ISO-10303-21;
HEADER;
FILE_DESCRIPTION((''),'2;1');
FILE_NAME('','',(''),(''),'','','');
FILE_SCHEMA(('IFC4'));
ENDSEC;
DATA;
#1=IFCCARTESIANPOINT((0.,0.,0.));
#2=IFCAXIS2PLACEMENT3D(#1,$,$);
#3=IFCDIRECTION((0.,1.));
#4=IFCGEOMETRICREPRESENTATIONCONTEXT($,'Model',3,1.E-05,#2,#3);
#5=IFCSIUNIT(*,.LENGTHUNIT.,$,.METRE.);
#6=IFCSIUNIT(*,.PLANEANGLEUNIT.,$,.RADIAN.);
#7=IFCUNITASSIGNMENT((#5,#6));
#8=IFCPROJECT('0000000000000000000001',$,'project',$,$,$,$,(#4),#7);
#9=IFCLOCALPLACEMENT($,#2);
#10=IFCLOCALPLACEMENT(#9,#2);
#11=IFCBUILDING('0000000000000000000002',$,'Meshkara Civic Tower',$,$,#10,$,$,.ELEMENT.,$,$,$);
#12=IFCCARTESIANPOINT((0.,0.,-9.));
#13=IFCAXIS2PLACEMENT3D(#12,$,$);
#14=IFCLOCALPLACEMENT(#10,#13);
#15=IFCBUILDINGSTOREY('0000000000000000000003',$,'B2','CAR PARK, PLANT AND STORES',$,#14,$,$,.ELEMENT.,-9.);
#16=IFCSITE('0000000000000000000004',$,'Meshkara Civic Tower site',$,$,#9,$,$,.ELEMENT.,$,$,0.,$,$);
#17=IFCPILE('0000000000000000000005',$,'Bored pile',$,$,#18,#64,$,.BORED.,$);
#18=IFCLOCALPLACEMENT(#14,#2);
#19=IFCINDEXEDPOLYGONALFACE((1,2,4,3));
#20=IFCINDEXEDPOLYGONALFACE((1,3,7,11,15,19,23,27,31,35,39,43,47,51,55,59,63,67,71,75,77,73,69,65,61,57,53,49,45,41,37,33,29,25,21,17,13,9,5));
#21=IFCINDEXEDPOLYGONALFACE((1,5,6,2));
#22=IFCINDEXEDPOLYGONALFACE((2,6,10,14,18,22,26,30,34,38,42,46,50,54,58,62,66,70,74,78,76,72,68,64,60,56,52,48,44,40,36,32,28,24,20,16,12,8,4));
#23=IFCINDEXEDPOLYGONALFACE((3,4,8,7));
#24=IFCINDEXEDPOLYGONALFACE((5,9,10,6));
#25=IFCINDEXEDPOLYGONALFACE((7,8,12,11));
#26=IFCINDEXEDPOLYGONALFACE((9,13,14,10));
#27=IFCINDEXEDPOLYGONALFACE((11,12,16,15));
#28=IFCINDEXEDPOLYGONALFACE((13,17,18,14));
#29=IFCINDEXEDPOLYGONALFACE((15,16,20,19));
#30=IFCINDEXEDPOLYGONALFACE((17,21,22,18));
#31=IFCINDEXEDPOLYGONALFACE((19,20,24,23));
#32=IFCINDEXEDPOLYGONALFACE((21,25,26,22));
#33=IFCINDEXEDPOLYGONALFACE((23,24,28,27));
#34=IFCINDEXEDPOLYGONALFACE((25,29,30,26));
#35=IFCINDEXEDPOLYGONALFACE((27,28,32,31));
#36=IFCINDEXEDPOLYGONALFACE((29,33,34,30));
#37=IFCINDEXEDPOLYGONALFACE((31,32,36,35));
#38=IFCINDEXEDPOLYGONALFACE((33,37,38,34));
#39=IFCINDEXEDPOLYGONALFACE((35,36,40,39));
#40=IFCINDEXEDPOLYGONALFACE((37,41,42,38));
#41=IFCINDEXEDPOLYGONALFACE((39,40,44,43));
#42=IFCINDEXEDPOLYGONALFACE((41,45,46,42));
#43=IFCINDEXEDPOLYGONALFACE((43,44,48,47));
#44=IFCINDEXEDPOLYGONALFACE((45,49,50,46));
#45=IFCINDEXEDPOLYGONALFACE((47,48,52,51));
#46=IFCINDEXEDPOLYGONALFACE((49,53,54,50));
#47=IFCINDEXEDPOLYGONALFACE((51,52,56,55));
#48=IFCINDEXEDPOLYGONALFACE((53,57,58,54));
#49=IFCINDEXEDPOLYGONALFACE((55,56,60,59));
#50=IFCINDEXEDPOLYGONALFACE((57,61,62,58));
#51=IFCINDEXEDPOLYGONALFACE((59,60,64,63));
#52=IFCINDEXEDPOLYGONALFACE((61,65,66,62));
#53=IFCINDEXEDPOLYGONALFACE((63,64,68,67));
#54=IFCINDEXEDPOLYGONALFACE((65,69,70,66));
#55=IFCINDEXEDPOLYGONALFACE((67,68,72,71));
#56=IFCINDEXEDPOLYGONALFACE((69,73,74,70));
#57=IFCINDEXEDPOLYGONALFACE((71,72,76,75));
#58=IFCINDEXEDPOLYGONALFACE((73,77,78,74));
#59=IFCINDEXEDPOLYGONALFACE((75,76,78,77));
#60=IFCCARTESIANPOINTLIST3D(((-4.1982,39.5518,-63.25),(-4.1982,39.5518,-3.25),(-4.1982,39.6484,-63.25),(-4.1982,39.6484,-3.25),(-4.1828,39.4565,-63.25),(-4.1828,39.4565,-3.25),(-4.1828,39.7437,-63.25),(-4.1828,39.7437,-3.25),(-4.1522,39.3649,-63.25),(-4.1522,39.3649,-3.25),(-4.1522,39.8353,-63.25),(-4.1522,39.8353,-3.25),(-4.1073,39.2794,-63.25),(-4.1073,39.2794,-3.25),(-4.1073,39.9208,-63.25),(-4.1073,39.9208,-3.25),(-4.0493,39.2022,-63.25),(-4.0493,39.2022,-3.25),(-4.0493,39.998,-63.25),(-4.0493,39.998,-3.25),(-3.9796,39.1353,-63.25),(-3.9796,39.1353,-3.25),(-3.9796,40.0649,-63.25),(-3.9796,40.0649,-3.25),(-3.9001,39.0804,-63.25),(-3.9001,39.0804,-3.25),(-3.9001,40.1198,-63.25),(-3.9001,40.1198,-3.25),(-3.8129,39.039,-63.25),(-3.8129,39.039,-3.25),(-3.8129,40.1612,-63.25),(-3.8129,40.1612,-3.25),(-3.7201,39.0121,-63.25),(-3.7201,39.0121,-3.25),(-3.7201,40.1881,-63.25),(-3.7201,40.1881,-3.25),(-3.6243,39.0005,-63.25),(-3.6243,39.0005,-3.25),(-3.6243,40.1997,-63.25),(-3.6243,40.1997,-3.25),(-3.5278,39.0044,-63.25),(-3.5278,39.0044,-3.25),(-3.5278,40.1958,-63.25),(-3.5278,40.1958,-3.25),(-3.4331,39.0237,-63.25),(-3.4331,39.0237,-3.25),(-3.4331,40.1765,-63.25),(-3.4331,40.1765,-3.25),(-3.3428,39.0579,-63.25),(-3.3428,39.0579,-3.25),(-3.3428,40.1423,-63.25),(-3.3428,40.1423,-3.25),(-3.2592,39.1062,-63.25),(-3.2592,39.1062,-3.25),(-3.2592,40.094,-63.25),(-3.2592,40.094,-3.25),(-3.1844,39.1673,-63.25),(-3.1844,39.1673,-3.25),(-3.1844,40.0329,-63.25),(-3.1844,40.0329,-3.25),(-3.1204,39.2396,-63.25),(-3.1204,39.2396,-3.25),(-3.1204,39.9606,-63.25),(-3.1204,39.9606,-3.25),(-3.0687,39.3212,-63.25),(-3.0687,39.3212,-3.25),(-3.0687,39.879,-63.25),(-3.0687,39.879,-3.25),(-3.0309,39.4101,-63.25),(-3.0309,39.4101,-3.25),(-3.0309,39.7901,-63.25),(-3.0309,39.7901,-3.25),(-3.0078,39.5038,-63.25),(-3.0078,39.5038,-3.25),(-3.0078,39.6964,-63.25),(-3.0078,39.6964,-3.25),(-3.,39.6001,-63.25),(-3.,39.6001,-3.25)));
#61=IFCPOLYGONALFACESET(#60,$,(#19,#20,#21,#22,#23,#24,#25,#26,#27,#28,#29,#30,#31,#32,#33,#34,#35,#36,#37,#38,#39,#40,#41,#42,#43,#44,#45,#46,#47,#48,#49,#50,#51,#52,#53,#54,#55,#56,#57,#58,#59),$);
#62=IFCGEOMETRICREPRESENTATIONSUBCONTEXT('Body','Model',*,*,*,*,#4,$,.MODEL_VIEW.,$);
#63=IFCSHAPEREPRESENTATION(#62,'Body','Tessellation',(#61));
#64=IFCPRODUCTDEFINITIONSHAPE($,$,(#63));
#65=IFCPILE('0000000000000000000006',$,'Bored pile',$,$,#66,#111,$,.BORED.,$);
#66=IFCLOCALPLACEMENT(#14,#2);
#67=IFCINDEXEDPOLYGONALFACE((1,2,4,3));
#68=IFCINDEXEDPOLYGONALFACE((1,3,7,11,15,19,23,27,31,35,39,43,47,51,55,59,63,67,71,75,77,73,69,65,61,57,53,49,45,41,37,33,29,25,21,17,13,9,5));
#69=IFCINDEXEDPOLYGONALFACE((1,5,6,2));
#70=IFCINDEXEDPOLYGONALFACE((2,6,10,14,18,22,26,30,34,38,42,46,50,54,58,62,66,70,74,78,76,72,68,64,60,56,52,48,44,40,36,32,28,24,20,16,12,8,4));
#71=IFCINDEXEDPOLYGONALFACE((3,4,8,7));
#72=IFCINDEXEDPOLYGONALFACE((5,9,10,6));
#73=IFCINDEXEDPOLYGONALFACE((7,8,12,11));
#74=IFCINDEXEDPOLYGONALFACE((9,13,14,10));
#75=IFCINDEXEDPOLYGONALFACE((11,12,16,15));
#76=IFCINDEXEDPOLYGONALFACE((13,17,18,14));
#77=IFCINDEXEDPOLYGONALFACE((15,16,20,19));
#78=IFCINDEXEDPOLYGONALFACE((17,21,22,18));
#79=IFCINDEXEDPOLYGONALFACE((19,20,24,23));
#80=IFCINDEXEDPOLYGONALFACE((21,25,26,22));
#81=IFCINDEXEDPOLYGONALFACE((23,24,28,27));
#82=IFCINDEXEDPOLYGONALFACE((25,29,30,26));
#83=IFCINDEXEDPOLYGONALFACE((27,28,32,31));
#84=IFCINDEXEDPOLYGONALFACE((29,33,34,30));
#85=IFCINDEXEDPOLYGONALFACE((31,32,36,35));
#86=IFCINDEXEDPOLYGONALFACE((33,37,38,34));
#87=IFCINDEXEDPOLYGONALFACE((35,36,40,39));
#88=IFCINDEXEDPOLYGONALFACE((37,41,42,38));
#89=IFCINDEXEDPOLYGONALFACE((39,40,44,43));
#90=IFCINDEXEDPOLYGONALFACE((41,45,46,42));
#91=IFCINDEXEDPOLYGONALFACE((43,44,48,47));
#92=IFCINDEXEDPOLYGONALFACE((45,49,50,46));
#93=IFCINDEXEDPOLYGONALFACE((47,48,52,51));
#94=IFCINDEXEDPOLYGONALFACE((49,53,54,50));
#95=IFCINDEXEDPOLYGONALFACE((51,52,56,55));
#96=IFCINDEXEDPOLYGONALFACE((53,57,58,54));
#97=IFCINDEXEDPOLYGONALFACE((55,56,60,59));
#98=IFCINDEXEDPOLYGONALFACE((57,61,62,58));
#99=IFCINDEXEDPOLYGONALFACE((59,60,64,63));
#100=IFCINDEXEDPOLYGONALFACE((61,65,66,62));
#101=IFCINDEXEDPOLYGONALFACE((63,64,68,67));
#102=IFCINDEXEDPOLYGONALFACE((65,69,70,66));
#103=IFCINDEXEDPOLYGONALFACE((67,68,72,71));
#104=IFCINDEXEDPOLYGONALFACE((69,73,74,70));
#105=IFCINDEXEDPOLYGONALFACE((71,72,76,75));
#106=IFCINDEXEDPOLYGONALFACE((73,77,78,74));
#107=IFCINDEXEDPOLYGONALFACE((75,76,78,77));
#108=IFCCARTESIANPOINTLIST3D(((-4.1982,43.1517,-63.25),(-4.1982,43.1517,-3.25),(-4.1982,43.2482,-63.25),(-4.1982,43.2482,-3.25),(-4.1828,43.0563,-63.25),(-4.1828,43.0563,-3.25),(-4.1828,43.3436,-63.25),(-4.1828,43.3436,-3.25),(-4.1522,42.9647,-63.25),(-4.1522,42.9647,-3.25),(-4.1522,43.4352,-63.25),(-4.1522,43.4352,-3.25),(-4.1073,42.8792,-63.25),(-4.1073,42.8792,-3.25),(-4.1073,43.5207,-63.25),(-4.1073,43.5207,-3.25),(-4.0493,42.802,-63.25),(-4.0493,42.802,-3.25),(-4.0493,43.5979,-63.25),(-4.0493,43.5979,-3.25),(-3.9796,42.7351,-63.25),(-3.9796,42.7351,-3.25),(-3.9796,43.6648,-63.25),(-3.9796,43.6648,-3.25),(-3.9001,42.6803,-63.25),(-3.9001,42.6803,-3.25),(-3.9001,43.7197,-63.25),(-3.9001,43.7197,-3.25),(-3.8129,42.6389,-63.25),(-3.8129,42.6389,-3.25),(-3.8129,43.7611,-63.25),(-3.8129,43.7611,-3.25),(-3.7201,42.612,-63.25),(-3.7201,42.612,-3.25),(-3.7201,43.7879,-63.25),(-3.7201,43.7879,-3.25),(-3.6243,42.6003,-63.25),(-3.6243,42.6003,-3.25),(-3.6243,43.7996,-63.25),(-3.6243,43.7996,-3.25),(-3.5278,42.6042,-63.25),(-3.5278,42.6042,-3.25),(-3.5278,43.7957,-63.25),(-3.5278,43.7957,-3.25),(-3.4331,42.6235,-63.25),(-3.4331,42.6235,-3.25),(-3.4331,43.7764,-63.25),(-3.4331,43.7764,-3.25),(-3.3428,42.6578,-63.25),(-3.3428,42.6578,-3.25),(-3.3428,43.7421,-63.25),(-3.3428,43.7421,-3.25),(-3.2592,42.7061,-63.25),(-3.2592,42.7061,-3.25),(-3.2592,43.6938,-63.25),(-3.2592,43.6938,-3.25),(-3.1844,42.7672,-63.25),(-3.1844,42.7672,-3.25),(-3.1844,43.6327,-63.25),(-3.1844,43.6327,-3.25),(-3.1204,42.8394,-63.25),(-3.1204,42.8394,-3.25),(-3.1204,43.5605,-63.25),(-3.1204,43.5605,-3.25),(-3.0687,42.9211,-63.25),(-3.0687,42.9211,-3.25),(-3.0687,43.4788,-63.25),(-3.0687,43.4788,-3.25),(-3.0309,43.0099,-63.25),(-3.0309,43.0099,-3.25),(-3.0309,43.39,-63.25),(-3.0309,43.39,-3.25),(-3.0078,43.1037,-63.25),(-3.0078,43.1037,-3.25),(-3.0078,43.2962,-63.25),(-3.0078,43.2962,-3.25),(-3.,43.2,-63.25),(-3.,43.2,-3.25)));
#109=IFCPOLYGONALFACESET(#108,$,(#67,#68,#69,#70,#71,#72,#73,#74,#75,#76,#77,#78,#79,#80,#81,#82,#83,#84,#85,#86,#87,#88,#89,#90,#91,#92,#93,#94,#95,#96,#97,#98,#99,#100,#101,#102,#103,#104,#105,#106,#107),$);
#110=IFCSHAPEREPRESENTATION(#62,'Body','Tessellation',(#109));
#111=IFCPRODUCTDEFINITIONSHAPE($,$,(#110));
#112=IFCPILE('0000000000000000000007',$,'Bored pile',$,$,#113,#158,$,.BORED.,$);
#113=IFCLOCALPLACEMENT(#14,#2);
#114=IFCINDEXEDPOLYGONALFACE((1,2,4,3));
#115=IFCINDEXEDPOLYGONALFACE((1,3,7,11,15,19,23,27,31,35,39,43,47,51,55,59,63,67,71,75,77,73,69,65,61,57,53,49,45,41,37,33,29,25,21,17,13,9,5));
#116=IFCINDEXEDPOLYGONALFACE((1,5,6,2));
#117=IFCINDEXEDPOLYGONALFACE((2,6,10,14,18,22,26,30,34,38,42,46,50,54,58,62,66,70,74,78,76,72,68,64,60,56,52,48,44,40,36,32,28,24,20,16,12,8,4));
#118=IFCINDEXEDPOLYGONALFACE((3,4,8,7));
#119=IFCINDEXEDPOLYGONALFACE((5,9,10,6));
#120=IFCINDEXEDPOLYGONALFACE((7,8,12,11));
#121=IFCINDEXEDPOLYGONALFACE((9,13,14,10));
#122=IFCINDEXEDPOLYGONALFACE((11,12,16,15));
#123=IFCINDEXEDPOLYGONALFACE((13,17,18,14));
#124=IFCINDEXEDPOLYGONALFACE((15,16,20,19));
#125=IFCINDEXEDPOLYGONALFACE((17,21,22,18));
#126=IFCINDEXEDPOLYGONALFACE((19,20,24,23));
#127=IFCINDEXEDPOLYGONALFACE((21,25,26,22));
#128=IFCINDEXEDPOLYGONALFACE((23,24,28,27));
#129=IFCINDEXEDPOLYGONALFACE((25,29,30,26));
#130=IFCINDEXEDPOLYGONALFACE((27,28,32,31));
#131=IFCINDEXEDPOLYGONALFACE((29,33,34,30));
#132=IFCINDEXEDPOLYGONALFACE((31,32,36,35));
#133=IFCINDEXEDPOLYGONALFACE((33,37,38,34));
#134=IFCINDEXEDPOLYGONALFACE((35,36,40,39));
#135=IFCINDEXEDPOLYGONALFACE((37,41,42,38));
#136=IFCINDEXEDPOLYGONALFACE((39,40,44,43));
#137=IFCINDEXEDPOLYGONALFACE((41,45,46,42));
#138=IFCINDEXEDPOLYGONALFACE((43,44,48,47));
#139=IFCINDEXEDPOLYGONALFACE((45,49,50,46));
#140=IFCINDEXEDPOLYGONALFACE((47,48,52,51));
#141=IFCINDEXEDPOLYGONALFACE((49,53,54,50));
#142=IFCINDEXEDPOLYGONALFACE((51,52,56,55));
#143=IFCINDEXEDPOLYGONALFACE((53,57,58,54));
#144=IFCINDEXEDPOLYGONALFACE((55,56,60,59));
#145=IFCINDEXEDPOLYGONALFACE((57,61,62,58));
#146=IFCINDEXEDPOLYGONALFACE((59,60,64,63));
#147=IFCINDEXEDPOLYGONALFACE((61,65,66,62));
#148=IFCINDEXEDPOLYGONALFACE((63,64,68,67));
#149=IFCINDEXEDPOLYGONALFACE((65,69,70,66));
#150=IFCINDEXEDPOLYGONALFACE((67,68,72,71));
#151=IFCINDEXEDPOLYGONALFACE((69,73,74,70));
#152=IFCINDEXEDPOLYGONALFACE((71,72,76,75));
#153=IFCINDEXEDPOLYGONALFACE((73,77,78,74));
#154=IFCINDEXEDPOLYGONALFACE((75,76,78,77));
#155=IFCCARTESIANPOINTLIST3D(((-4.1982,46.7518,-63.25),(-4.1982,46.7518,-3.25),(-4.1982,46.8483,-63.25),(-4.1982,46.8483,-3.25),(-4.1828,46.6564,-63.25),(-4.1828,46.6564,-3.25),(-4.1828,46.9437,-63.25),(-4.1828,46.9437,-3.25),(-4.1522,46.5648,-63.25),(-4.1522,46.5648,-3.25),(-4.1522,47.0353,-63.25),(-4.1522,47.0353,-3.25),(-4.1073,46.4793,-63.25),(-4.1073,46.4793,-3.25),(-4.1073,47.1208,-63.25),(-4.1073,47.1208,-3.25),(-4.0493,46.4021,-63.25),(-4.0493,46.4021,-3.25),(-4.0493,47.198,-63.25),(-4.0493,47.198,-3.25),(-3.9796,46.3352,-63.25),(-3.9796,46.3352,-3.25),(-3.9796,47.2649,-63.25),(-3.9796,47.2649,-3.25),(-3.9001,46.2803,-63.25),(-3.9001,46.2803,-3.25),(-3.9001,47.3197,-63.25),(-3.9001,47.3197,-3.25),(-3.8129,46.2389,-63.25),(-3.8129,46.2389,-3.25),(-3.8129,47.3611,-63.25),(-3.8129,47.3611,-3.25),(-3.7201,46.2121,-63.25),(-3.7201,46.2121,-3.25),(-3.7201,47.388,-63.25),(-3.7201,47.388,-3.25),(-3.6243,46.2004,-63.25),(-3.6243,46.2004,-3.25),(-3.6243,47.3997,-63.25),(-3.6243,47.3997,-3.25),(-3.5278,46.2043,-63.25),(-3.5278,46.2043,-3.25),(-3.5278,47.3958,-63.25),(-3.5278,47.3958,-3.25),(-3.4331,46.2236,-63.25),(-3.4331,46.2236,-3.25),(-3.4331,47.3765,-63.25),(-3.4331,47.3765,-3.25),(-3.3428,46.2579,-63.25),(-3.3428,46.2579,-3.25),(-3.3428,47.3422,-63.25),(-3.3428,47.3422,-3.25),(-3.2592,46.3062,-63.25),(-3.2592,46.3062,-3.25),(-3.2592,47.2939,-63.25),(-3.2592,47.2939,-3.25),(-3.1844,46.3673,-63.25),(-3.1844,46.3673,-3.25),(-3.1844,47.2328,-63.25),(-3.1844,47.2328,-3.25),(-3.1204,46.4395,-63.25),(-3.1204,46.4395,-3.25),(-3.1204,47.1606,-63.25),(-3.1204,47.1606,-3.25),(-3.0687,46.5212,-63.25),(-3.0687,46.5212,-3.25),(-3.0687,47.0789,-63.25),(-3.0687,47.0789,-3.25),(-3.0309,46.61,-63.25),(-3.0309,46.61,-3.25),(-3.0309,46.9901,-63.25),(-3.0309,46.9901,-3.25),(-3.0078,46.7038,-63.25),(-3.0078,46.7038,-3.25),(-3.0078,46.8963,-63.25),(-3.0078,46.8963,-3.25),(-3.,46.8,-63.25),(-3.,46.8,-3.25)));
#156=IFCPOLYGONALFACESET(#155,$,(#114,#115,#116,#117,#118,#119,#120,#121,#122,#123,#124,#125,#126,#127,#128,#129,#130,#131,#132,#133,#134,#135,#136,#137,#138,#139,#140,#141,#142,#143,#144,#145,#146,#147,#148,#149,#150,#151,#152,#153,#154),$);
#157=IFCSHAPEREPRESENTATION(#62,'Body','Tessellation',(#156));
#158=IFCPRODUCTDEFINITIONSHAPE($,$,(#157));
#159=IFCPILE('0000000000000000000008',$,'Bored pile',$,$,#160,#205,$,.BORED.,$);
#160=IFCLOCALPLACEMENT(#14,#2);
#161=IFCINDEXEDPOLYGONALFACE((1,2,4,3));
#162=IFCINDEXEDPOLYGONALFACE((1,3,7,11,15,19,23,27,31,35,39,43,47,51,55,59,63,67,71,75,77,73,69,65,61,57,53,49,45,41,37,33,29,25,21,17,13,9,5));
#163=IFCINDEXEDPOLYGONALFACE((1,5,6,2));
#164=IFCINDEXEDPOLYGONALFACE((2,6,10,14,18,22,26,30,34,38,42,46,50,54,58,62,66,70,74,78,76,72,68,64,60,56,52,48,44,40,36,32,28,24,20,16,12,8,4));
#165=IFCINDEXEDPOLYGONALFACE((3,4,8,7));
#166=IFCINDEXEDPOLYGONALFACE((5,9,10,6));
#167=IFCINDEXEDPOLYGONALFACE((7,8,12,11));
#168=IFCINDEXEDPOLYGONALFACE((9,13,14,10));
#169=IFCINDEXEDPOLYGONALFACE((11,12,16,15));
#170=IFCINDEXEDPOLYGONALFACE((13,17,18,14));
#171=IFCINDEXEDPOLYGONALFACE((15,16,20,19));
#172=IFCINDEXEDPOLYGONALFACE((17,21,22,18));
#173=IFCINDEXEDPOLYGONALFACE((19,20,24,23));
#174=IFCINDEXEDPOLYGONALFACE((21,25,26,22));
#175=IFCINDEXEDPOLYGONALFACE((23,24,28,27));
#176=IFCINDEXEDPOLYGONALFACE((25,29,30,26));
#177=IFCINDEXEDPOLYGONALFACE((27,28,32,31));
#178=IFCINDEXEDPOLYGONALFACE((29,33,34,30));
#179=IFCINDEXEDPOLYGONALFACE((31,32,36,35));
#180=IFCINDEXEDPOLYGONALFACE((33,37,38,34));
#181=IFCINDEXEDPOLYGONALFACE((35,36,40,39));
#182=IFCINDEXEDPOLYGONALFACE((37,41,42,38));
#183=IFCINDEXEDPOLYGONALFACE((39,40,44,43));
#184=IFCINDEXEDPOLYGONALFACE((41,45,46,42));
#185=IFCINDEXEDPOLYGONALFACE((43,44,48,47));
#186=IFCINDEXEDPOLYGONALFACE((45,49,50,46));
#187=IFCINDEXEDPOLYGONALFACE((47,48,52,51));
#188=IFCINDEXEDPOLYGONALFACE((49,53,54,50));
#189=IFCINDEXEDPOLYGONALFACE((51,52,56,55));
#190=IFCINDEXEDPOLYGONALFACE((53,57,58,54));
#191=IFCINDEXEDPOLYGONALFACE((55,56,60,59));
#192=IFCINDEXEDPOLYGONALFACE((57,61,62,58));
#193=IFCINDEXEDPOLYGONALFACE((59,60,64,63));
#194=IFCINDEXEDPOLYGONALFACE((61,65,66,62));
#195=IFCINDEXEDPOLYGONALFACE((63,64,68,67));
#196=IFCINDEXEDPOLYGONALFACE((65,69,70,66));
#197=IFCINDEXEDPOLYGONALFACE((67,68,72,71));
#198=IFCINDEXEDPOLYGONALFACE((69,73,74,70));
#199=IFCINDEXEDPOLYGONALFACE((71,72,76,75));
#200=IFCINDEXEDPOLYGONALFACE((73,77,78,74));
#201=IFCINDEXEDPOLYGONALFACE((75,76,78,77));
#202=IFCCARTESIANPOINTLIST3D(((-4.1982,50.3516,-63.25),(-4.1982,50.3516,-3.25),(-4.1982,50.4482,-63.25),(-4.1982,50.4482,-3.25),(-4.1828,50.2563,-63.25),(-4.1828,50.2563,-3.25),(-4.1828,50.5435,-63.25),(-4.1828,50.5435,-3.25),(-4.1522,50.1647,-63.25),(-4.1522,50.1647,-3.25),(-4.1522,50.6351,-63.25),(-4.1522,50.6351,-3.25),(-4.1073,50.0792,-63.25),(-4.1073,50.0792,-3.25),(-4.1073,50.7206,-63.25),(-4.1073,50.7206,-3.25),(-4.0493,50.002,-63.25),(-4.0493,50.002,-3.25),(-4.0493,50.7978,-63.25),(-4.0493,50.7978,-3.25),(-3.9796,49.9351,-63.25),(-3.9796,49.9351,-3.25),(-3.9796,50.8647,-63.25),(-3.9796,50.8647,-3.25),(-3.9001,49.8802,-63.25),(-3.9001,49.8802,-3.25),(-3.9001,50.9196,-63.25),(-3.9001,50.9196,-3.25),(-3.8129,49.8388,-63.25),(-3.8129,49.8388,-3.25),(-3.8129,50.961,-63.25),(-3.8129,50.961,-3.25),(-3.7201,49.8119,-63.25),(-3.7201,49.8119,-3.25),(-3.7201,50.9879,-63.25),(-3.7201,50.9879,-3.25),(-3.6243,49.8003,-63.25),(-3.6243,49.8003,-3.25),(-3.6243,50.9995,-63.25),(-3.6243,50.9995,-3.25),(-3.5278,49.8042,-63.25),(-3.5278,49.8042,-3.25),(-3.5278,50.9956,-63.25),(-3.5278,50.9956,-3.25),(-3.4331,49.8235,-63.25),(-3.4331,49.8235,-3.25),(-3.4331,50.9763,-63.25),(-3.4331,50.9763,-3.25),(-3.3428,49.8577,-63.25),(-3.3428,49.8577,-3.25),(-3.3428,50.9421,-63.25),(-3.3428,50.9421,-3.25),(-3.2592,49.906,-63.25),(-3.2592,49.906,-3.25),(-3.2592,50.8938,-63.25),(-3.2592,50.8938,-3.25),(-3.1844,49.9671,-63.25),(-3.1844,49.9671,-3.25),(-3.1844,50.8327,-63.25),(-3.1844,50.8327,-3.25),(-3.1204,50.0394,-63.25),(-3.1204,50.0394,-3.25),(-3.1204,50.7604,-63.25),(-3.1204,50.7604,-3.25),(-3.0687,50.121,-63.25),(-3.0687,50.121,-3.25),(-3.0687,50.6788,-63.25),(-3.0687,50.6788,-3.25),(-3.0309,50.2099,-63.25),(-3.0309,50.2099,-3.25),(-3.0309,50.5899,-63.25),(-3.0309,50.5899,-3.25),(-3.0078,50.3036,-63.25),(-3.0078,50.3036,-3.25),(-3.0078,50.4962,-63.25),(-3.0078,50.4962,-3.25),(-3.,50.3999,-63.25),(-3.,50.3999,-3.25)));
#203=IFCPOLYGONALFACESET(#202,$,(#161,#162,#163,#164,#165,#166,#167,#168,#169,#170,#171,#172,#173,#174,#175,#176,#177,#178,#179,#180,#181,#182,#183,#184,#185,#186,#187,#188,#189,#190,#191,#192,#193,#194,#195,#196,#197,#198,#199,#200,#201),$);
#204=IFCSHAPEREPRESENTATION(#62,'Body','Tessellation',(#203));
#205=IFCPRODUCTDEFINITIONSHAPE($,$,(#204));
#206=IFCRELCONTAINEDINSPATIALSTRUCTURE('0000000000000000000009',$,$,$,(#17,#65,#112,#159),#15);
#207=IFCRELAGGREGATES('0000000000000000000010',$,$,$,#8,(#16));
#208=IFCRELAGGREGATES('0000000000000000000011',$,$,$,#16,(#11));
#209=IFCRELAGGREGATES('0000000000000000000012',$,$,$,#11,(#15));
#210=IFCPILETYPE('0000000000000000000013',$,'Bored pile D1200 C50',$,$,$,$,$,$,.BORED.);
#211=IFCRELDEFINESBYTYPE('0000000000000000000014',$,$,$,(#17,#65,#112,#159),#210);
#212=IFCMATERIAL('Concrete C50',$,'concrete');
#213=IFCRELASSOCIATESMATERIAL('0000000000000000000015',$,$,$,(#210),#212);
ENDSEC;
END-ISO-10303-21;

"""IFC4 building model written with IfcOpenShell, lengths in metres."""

from ifc_helpers import new_model, si_unit, direction, frame, origin, origin_2d, place, context, subcontext, project, spatial, circle, extrude, material, material_profile, profile_set, type_object, element, save


model = new_model("IFC4")

# Units and contexts
model_context = context("Model", 3, precision=1e-05, world=origin(), true_north=direction((0.0, 1.0)))
body_context = subcontext(model_context, "Body", "Model", "MODEL_VIEW")
ifc_project = project(units=[si_unit("LENGTHUNIT", "METRE"), si_unit("PLANEANGLEUNIT", "RADIAN")], contexts=[model_context])

# Site, building, storey
site_placement = place(None, origin())
site = spatial("IfcSite", under=ifc_project, at=site_placement, Name="Meshkara Civic Tower site", CompositionType="ELEMENT", RefElevation=0.0)
building_placement = place(site_placement, origin())
building = spatial("IfcBuilding", under=site, at=building_placement, Name="Meshkara Civic Tower", CompositionType="ELEMENT")
storey_placement = place(building_placement, frame((0.0, 0.0, -9.0)))
storey = spatial("IfcBuildingStorey", under=building, at=storey_placement, Name="B2", Description="CAR PARK, PLANT AND STORES", CompositionType="ELEMENT", Elevation=-9.0)

# Piles
ifc_material_1 = material(Name="Concrete C50", Category="concrete")
ifc_material_profile_1 = material_profile(ifc_material_1, circle(Radius=0.6001, at=origin_2d()))
ifc_profile_set_1 = profile_set([ifc_material_profile_1], Name="Concrete C50")
pile_type = type_object("IfcPileType", Name="Bored pile D1200 C50", PredefinedType="BORED", material=ifc_profile_set_1)
for number, where, z_axis, x_axis, name in (
    (1, (-3.6001, 39.6001, -3.25), (0.0, 0.0, -1.0), (1.0, 0.0, 0.0), "Bored pile"),
    (2, (-3.6001, 43.2, -3.25), (0.0, 0.0, -1.0), (1.0, 0.0, 0.0), "Bored pile"),
    (3, (-3.6001, 46.8, -3.25), (0.0, 0.0, -1.0), (1.0, 0.0, 0.0), "Bored pile"),
    (4, (-3.6001, 50.3999, -3.25), (0.0, 0.0, -1.0), (1.0, 0.0, 0.0), "Bored pile"),
):
    element("IfcPile", number, at=place(storey_placement, frame(where, z_axis=z_axis, x_axis=x_axis)), inside=storey, type_object=pile_type, Name=name, PredefinedType="BORED", context=body_context, shape_type="SweptSolid", body=[
        extrude(circle(Radius=0.6001, at=origin_2d()), origin(), (0.0, 0.0, 1.0), 60.0),
    ])

save(model, "model.ifc")
